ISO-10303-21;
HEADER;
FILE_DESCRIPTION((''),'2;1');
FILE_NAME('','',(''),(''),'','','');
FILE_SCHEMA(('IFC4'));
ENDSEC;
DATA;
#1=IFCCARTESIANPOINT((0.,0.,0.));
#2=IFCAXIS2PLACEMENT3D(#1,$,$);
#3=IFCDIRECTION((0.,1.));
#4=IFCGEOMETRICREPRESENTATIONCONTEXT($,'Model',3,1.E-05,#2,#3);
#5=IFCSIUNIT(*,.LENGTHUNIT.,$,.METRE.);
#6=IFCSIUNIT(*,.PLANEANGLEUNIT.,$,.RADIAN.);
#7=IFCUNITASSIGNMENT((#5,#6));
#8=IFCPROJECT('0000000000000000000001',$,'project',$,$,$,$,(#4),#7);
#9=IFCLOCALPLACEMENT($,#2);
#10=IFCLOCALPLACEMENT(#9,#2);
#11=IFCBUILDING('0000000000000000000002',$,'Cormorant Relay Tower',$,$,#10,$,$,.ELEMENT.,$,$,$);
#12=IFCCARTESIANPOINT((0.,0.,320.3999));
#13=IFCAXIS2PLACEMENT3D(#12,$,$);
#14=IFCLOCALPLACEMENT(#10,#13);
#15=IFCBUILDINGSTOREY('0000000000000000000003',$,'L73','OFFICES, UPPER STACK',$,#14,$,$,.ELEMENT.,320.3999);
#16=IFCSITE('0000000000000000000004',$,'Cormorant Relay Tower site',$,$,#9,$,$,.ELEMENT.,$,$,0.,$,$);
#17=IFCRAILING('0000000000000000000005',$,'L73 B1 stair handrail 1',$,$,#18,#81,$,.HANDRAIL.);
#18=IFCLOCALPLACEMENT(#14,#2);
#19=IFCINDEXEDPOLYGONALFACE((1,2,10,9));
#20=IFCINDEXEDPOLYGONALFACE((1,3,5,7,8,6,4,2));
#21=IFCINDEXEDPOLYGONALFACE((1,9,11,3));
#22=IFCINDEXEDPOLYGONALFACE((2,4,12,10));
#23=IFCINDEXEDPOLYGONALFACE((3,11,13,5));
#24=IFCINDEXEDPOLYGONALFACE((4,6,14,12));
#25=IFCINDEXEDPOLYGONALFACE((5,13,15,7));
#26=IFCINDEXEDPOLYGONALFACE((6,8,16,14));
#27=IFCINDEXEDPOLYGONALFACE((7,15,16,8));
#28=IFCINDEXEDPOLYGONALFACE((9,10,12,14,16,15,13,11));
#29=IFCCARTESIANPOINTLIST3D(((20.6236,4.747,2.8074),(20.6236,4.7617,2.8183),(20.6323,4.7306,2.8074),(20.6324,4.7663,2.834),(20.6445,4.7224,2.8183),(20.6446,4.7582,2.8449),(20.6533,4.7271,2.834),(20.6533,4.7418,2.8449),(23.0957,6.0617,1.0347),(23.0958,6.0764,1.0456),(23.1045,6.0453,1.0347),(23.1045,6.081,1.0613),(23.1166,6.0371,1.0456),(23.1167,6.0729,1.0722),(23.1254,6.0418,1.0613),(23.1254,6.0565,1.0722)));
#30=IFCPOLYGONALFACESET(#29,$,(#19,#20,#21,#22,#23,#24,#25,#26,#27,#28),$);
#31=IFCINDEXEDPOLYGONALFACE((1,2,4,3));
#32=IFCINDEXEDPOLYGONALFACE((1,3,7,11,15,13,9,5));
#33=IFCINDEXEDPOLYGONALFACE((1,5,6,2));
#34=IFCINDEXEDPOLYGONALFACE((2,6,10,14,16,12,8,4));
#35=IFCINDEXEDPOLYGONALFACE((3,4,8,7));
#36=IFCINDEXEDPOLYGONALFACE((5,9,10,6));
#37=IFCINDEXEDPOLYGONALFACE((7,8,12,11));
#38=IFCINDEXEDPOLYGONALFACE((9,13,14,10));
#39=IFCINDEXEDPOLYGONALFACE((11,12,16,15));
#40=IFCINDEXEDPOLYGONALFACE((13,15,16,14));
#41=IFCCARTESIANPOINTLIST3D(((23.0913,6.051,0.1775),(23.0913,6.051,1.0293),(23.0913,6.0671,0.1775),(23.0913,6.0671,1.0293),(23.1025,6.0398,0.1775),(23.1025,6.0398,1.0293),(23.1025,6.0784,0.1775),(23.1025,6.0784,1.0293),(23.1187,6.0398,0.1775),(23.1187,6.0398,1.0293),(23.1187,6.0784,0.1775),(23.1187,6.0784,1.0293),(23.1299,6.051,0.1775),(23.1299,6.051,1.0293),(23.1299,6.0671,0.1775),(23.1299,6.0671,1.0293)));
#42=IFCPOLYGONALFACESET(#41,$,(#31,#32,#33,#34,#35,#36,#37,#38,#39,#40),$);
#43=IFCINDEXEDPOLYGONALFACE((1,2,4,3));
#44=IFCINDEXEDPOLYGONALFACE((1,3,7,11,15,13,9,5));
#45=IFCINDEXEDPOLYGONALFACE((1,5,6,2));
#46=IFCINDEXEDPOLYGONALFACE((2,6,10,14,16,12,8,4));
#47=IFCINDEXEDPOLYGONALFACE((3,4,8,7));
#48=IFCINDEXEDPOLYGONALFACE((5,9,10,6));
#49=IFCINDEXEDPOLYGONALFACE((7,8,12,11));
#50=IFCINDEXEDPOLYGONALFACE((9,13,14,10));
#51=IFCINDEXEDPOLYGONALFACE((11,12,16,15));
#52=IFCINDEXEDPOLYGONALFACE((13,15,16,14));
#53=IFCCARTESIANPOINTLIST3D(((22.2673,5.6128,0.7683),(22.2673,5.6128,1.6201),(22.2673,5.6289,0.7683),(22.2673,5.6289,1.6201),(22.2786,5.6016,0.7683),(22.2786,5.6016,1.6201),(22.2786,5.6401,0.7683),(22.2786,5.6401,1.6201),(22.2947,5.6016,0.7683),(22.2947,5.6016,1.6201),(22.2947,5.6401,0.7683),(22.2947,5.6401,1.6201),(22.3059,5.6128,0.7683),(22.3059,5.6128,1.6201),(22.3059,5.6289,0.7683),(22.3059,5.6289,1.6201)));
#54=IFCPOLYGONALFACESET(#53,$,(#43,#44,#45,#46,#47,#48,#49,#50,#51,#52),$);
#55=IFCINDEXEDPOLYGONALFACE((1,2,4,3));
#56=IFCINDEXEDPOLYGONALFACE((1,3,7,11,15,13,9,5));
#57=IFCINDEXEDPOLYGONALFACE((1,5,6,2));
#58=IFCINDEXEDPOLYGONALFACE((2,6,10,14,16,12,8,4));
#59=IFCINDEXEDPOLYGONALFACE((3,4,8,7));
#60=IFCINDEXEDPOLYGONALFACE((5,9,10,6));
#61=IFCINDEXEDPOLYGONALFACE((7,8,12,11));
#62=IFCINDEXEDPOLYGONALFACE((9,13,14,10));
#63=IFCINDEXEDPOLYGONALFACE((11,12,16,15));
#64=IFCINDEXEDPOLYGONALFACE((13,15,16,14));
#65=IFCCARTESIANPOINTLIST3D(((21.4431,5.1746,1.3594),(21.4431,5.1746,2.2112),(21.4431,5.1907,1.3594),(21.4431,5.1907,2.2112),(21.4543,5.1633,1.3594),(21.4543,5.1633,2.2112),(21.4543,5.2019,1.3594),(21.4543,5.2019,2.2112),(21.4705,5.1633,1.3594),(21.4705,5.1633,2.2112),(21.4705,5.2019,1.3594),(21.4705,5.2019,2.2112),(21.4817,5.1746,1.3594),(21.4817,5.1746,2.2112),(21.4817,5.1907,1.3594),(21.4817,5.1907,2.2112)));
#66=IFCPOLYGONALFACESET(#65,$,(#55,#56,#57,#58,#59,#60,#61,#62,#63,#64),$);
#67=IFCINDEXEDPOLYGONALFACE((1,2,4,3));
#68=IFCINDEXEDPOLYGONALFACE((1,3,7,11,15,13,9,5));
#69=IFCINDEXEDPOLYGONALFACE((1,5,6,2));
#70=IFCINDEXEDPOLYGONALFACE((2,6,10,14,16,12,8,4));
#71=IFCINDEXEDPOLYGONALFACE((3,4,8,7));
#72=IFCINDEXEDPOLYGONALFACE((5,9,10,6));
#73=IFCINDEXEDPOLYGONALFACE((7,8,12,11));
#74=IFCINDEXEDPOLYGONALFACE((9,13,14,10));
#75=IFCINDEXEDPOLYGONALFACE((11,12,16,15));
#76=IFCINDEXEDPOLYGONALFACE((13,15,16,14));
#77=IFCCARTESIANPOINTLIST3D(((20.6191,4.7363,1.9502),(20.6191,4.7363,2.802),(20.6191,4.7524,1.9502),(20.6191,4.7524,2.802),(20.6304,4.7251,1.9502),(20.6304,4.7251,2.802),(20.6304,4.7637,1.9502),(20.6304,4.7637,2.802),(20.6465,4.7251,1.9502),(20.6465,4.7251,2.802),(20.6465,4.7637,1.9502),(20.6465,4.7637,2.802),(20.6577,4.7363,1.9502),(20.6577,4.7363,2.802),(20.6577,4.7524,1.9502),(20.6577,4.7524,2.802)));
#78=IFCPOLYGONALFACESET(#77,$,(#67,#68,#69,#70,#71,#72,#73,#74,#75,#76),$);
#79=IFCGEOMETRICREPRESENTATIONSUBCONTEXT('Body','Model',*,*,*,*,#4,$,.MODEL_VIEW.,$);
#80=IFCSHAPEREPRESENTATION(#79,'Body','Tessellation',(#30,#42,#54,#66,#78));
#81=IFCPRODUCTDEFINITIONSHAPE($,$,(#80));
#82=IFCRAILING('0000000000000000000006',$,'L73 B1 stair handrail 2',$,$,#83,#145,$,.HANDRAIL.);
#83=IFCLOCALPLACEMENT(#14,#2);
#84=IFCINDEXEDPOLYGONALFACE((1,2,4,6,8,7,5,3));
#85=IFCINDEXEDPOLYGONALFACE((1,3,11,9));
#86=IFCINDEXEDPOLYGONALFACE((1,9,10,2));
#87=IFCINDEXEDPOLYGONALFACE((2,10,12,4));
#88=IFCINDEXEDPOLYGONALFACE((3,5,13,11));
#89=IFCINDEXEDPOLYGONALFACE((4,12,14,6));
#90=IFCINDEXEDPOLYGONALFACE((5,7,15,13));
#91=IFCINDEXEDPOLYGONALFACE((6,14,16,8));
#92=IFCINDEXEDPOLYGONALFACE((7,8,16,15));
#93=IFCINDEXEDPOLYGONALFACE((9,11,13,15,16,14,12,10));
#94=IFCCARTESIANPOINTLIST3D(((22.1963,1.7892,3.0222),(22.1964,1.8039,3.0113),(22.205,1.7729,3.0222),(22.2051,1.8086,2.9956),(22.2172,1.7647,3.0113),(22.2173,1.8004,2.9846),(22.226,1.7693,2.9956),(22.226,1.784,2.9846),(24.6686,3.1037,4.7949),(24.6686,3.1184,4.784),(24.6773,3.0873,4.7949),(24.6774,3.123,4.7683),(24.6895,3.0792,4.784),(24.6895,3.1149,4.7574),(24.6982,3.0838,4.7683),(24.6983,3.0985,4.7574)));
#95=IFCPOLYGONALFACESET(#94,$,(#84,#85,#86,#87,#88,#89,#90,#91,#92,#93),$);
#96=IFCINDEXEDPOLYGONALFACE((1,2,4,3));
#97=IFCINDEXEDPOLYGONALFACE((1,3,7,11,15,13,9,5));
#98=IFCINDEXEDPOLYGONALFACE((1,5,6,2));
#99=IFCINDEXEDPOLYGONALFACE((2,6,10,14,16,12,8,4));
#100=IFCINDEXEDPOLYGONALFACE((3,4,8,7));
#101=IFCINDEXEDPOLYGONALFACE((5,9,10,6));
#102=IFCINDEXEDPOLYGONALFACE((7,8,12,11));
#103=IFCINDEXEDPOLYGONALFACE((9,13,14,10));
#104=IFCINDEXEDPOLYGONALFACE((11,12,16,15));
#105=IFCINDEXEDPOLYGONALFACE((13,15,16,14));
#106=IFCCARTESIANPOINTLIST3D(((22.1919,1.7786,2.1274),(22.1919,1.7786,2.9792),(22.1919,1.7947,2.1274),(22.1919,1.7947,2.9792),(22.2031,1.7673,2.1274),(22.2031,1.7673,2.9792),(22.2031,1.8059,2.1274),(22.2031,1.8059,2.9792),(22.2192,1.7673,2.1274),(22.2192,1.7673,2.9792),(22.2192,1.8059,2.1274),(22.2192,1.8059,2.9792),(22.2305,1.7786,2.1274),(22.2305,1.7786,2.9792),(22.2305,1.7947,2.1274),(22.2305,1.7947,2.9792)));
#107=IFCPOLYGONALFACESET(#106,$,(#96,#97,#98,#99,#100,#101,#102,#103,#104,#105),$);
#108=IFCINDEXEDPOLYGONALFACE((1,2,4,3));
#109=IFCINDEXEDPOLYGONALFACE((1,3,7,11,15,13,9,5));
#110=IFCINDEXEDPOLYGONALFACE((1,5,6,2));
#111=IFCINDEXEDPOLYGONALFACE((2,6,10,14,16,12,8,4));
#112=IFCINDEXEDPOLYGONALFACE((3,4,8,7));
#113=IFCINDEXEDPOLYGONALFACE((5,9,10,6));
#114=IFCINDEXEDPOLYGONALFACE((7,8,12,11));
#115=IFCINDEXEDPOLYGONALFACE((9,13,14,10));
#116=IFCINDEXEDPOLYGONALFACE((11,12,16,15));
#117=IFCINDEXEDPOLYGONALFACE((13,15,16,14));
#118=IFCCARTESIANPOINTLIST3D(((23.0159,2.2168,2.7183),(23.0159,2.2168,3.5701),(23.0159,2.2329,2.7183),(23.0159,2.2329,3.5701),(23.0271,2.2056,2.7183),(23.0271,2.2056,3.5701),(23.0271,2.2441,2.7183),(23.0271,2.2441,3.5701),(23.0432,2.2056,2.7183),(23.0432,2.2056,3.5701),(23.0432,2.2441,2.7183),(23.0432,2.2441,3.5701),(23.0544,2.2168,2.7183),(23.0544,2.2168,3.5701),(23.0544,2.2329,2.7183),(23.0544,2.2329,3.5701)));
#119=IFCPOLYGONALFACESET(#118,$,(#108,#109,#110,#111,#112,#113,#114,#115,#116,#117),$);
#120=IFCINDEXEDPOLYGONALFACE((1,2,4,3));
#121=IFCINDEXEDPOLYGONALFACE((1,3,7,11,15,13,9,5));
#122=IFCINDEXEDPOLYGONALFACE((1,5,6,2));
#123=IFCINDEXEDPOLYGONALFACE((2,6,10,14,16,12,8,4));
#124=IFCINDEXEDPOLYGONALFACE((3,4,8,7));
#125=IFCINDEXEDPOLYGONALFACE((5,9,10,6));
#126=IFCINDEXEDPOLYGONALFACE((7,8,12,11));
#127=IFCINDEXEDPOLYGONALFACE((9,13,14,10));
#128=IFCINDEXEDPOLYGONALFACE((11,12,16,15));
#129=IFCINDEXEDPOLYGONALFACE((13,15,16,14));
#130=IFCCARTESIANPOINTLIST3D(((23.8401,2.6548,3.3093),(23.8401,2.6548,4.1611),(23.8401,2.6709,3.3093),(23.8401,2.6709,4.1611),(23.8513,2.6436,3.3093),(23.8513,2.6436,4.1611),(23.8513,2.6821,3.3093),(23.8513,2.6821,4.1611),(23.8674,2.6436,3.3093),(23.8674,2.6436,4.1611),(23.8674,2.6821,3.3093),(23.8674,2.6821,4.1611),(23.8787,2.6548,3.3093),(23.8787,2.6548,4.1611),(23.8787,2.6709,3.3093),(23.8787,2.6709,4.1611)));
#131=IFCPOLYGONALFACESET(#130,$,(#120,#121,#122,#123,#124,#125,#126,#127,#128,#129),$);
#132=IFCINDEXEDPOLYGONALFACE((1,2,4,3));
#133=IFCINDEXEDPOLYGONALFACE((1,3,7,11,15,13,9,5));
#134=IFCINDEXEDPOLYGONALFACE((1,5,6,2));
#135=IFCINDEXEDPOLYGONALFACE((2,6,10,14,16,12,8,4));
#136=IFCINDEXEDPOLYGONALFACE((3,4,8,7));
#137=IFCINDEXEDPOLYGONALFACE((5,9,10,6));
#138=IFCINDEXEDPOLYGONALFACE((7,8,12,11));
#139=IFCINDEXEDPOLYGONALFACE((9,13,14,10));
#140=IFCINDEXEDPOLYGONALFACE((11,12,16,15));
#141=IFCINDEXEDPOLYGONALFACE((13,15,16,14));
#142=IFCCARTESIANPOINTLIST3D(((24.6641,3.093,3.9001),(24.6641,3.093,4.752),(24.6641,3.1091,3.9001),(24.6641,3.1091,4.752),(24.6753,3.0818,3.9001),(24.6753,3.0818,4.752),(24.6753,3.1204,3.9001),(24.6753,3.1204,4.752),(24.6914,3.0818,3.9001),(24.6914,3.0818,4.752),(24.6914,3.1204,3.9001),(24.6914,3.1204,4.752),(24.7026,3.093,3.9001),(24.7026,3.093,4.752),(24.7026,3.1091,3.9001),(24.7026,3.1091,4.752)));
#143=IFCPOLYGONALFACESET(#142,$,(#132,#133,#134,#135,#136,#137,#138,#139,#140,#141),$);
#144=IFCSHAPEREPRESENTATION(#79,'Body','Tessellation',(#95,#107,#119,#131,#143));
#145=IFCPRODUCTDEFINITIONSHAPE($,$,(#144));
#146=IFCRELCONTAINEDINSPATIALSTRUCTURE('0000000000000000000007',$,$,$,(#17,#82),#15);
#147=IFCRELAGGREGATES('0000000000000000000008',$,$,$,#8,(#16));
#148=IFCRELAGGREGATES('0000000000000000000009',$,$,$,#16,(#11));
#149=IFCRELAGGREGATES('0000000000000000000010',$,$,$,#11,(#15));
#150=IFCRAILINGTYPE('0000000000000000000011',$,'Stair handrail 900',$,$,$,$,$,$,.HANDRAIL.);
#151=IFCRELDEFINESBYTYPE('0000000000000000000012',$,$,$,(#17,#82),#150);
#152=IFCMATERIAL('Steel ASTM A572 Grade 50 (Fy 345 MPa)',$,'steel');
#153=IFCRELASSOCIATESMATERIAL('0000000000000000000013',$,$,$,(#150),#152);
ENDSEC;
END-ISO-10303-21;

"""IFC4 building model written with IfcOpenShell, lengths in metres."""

from ifc_helpers import new_model, si_unit, direction, frame, origin, place, context, subcontext, project, spatial, polyline, outline, extrude, material, type_object, element, save


model = new_model("IFC4")

# Units and contexts
model_context = context("Model", 3, precision=1e-05, world=origin(), true_north=direction((0.0, 1.0)))
body_context = subcontext(model_context, "Body", "Model", "MODEL_VIEW")
ifc_project = project(units=[si_unit("LENGTHUNIT", "METRE"), si_unit("PLANEANGLEUNIT", "RADIAN")], contexts=[model_context])

# Site, building, storey
site_placement = place(None, origin())
site = spatial("IfcSite", under=ifc_project, at=site_placement, Name="Cormorant Relay Tower site", CompositionType="ELEMENT", RefElevation=0.0)
building_placement = place(site_placement, origin())
building = spatial("IfcBuilding", under=site, at=building_placement, Name="Cormorant Relay Tower", CompositionType="ELEMENT")
storey_placement = place(building_placement, frame((0.0, 0.0, 320.3999)))
storey = spatial("IfcBuildingStorey", under=building, at=storey_placement, Name="L73", Description="OFFICES, UPPER STACK", CompositionType="ELEMENT", Elevation=320.3999)

# Railings
ifc_material_1 = material(Name="Steel ASTM A572 Grade 50 (Fy 345 MPa)", Category="steel")
railing_type_1 = type_object("IfcRailingType", Name="Stair handrail 900", PredefinedType="HANDRAIL", material=ifc_material_1)
railing_1_placement = place(storey_placement, frame((23.1106, 6.0591, 0.1775)))
element("IfcRailing", 1, at=railing_1_placement, inside=storey, type_object=railing_type_1, Name="L73 B1 stair handrail 1", PredefinedType="HANDRAIL", context=body_context, shape_type="SweptSolid", body=[
    extrude(outline(polyline([(0.0222, 0.0093), (0.0093, 0.0222), (-0.0093, 0.0222), (-0.0222, 0.0093), (-0.0222, -0.0093), (-0.0093, -0.0222), (0.0093, -0.0222), (0.0222, -0.0093), (0.0222, 0.0093)])), frame((0.0, 0.0, 0.876), z_axis=(-0.745979, -0.396711, 0.534916), x_axis=(0.469533, -0.882915, 0.0)), (0.0, 0.0, 1.0), 3.314),
    extrude(outline(polyline([(0.0193, 0.0081), (0.0081, 0.0193), (-0.0081, 0.0193), (-0.0193, 0.0081), (-0.0193, -0.0081), (-0.0081, -0.0193), (0.0081, -0.0193), (0.0193, -0.0081), (0.0193, 0.0081)])), origin(), (0.0, 0.0, 1.0), 0.8518),
    extrude(outline(polyline([(0.0193, 0.0081), (0.0081, 0.0193), (-0.0081, 0.0193), (-0.0193, 0.0081), (-0.0193, -0.0081), (-0.0081, -0.0193), (0.0081, -0.0193), (0.0193, -0.0081), (0.0193, 0.0081)])), frame((-0.824, -0.4382, 0.5908)), (0.0, 0.0, 1.0), 0.8518),
    extrude(outline(polyline([(0.0193, 0.0081), (0.0081, 0.0193), (-0.0081, 0.0193), (-0.0193, 0.0081), (-0.0193, -0.0081), (-0.0081, -0.0193), (0.0081, -0.0193), (0.0193, -0.0081), (0.0193, 0.0081)])), frame((-1.6482, -0.8765, 1.1819)), (0.0, 0.0, 1.0), 0.8518),
    extrude(outline(polyline([(0.0193, 0.0081), (0.0081, 0.0193), (-0.0081, 0.0193), (-0.0193, 0.0081), (-0.0193, -0.0081), (-0.0081, -0.0193), (0.0081, -0.0193), (0.0193, -0.0081), (0.0193, 0.0081)])), frame((-2.4722, -1.3147, 1.7727)), (0.0, 0.0, 1.0), 0.8518),
])
railing_2_placement = place(storey_placement, frame((22.2112, 1.7866, 2.1274)))
element("IfcRailing", 2, at=railing_2_placement, inside=storey, type_object=railing_type_1, Name="L73 B1 stair handrail 2", PredefinedType="HANDRAIL", context=body_context, shape_type="SweptSolid", body=[
    extrude(outline(polyline([(0.0222, 0.0093), (0.0093, 0.0222), (-0.0093, 0.0222), (-0.0222, 0.0093), (-0.0222, -0.0093), (-0.0093, -0.0222), (0.0093, -0.0222), (0.0222, -0.0093), (0.0222, 0.0093)])), frame((0.0, 0.0, 0.876), z_axis=(0.746001, 0.396649, 0.534931), x_axis=(-0.469465, 0.882951, 0.0)), (0.0, 0.0, 1.0), 3.314),
    extrude(outline(polyline([(0.0193, 0.0081), (0.0081, 0.0193), (-0.0081, 0.0193), (-0.0193, 0.0081), (-0.0193, -0.0081), (-0.0081, -0.0193), (0.0081, -0.0193), (0.0193, -0.0081), (0.0193, 0.0081)])), origin(), (0.0, 0.0, 1.0), 0.8518),
    extrude(outline(polyline([(0.0193, 0.0081), (0.0081, 0.0193), (-0.0081, 0.0193), (-0.0193, 0.0081), (-0.0193, -0.0081), (-0.0081, -0.0193), (0.0081, -0.0193), (0.0193, -0.0081), (0.0193, 0.0081)])), frame((0.824, 0.4382, 0.5908)), (0.0, 0.0, 1.0), 0.8518),
    extrude(outline(polyline([(0.0193, 0.0081), (0.0081, 0.0193), (-0.0081, 0.0193), (-0.0193, 0.0081), (-0.0193, -0.0081), (-0.0081, -0.0193), (0.0081, -0.0193), (0.0193, -0.0081), (0.0193, 0.0081)])), frame((1.6482, 0.8762, 1.1819)), (0.0, 0.0, 1.0), 0.8518),
    extrude(outline(polyline([(0.0193, 0.0081), (0.0081, 0.0193), (-0.0081, 0.0193), (-0.0193, 0.0081), (-0.0193, -0.0081), (-0.0081, -0.0193), (0.0081, -0.0193), (0.0193, -0.0081), (0.0193, 0.0081)])), frame((2.4722, 1.3145, 1.7727)), (0.0, 0.0, 1.0), 0.8518),
])

save(model, "model.ifc")
